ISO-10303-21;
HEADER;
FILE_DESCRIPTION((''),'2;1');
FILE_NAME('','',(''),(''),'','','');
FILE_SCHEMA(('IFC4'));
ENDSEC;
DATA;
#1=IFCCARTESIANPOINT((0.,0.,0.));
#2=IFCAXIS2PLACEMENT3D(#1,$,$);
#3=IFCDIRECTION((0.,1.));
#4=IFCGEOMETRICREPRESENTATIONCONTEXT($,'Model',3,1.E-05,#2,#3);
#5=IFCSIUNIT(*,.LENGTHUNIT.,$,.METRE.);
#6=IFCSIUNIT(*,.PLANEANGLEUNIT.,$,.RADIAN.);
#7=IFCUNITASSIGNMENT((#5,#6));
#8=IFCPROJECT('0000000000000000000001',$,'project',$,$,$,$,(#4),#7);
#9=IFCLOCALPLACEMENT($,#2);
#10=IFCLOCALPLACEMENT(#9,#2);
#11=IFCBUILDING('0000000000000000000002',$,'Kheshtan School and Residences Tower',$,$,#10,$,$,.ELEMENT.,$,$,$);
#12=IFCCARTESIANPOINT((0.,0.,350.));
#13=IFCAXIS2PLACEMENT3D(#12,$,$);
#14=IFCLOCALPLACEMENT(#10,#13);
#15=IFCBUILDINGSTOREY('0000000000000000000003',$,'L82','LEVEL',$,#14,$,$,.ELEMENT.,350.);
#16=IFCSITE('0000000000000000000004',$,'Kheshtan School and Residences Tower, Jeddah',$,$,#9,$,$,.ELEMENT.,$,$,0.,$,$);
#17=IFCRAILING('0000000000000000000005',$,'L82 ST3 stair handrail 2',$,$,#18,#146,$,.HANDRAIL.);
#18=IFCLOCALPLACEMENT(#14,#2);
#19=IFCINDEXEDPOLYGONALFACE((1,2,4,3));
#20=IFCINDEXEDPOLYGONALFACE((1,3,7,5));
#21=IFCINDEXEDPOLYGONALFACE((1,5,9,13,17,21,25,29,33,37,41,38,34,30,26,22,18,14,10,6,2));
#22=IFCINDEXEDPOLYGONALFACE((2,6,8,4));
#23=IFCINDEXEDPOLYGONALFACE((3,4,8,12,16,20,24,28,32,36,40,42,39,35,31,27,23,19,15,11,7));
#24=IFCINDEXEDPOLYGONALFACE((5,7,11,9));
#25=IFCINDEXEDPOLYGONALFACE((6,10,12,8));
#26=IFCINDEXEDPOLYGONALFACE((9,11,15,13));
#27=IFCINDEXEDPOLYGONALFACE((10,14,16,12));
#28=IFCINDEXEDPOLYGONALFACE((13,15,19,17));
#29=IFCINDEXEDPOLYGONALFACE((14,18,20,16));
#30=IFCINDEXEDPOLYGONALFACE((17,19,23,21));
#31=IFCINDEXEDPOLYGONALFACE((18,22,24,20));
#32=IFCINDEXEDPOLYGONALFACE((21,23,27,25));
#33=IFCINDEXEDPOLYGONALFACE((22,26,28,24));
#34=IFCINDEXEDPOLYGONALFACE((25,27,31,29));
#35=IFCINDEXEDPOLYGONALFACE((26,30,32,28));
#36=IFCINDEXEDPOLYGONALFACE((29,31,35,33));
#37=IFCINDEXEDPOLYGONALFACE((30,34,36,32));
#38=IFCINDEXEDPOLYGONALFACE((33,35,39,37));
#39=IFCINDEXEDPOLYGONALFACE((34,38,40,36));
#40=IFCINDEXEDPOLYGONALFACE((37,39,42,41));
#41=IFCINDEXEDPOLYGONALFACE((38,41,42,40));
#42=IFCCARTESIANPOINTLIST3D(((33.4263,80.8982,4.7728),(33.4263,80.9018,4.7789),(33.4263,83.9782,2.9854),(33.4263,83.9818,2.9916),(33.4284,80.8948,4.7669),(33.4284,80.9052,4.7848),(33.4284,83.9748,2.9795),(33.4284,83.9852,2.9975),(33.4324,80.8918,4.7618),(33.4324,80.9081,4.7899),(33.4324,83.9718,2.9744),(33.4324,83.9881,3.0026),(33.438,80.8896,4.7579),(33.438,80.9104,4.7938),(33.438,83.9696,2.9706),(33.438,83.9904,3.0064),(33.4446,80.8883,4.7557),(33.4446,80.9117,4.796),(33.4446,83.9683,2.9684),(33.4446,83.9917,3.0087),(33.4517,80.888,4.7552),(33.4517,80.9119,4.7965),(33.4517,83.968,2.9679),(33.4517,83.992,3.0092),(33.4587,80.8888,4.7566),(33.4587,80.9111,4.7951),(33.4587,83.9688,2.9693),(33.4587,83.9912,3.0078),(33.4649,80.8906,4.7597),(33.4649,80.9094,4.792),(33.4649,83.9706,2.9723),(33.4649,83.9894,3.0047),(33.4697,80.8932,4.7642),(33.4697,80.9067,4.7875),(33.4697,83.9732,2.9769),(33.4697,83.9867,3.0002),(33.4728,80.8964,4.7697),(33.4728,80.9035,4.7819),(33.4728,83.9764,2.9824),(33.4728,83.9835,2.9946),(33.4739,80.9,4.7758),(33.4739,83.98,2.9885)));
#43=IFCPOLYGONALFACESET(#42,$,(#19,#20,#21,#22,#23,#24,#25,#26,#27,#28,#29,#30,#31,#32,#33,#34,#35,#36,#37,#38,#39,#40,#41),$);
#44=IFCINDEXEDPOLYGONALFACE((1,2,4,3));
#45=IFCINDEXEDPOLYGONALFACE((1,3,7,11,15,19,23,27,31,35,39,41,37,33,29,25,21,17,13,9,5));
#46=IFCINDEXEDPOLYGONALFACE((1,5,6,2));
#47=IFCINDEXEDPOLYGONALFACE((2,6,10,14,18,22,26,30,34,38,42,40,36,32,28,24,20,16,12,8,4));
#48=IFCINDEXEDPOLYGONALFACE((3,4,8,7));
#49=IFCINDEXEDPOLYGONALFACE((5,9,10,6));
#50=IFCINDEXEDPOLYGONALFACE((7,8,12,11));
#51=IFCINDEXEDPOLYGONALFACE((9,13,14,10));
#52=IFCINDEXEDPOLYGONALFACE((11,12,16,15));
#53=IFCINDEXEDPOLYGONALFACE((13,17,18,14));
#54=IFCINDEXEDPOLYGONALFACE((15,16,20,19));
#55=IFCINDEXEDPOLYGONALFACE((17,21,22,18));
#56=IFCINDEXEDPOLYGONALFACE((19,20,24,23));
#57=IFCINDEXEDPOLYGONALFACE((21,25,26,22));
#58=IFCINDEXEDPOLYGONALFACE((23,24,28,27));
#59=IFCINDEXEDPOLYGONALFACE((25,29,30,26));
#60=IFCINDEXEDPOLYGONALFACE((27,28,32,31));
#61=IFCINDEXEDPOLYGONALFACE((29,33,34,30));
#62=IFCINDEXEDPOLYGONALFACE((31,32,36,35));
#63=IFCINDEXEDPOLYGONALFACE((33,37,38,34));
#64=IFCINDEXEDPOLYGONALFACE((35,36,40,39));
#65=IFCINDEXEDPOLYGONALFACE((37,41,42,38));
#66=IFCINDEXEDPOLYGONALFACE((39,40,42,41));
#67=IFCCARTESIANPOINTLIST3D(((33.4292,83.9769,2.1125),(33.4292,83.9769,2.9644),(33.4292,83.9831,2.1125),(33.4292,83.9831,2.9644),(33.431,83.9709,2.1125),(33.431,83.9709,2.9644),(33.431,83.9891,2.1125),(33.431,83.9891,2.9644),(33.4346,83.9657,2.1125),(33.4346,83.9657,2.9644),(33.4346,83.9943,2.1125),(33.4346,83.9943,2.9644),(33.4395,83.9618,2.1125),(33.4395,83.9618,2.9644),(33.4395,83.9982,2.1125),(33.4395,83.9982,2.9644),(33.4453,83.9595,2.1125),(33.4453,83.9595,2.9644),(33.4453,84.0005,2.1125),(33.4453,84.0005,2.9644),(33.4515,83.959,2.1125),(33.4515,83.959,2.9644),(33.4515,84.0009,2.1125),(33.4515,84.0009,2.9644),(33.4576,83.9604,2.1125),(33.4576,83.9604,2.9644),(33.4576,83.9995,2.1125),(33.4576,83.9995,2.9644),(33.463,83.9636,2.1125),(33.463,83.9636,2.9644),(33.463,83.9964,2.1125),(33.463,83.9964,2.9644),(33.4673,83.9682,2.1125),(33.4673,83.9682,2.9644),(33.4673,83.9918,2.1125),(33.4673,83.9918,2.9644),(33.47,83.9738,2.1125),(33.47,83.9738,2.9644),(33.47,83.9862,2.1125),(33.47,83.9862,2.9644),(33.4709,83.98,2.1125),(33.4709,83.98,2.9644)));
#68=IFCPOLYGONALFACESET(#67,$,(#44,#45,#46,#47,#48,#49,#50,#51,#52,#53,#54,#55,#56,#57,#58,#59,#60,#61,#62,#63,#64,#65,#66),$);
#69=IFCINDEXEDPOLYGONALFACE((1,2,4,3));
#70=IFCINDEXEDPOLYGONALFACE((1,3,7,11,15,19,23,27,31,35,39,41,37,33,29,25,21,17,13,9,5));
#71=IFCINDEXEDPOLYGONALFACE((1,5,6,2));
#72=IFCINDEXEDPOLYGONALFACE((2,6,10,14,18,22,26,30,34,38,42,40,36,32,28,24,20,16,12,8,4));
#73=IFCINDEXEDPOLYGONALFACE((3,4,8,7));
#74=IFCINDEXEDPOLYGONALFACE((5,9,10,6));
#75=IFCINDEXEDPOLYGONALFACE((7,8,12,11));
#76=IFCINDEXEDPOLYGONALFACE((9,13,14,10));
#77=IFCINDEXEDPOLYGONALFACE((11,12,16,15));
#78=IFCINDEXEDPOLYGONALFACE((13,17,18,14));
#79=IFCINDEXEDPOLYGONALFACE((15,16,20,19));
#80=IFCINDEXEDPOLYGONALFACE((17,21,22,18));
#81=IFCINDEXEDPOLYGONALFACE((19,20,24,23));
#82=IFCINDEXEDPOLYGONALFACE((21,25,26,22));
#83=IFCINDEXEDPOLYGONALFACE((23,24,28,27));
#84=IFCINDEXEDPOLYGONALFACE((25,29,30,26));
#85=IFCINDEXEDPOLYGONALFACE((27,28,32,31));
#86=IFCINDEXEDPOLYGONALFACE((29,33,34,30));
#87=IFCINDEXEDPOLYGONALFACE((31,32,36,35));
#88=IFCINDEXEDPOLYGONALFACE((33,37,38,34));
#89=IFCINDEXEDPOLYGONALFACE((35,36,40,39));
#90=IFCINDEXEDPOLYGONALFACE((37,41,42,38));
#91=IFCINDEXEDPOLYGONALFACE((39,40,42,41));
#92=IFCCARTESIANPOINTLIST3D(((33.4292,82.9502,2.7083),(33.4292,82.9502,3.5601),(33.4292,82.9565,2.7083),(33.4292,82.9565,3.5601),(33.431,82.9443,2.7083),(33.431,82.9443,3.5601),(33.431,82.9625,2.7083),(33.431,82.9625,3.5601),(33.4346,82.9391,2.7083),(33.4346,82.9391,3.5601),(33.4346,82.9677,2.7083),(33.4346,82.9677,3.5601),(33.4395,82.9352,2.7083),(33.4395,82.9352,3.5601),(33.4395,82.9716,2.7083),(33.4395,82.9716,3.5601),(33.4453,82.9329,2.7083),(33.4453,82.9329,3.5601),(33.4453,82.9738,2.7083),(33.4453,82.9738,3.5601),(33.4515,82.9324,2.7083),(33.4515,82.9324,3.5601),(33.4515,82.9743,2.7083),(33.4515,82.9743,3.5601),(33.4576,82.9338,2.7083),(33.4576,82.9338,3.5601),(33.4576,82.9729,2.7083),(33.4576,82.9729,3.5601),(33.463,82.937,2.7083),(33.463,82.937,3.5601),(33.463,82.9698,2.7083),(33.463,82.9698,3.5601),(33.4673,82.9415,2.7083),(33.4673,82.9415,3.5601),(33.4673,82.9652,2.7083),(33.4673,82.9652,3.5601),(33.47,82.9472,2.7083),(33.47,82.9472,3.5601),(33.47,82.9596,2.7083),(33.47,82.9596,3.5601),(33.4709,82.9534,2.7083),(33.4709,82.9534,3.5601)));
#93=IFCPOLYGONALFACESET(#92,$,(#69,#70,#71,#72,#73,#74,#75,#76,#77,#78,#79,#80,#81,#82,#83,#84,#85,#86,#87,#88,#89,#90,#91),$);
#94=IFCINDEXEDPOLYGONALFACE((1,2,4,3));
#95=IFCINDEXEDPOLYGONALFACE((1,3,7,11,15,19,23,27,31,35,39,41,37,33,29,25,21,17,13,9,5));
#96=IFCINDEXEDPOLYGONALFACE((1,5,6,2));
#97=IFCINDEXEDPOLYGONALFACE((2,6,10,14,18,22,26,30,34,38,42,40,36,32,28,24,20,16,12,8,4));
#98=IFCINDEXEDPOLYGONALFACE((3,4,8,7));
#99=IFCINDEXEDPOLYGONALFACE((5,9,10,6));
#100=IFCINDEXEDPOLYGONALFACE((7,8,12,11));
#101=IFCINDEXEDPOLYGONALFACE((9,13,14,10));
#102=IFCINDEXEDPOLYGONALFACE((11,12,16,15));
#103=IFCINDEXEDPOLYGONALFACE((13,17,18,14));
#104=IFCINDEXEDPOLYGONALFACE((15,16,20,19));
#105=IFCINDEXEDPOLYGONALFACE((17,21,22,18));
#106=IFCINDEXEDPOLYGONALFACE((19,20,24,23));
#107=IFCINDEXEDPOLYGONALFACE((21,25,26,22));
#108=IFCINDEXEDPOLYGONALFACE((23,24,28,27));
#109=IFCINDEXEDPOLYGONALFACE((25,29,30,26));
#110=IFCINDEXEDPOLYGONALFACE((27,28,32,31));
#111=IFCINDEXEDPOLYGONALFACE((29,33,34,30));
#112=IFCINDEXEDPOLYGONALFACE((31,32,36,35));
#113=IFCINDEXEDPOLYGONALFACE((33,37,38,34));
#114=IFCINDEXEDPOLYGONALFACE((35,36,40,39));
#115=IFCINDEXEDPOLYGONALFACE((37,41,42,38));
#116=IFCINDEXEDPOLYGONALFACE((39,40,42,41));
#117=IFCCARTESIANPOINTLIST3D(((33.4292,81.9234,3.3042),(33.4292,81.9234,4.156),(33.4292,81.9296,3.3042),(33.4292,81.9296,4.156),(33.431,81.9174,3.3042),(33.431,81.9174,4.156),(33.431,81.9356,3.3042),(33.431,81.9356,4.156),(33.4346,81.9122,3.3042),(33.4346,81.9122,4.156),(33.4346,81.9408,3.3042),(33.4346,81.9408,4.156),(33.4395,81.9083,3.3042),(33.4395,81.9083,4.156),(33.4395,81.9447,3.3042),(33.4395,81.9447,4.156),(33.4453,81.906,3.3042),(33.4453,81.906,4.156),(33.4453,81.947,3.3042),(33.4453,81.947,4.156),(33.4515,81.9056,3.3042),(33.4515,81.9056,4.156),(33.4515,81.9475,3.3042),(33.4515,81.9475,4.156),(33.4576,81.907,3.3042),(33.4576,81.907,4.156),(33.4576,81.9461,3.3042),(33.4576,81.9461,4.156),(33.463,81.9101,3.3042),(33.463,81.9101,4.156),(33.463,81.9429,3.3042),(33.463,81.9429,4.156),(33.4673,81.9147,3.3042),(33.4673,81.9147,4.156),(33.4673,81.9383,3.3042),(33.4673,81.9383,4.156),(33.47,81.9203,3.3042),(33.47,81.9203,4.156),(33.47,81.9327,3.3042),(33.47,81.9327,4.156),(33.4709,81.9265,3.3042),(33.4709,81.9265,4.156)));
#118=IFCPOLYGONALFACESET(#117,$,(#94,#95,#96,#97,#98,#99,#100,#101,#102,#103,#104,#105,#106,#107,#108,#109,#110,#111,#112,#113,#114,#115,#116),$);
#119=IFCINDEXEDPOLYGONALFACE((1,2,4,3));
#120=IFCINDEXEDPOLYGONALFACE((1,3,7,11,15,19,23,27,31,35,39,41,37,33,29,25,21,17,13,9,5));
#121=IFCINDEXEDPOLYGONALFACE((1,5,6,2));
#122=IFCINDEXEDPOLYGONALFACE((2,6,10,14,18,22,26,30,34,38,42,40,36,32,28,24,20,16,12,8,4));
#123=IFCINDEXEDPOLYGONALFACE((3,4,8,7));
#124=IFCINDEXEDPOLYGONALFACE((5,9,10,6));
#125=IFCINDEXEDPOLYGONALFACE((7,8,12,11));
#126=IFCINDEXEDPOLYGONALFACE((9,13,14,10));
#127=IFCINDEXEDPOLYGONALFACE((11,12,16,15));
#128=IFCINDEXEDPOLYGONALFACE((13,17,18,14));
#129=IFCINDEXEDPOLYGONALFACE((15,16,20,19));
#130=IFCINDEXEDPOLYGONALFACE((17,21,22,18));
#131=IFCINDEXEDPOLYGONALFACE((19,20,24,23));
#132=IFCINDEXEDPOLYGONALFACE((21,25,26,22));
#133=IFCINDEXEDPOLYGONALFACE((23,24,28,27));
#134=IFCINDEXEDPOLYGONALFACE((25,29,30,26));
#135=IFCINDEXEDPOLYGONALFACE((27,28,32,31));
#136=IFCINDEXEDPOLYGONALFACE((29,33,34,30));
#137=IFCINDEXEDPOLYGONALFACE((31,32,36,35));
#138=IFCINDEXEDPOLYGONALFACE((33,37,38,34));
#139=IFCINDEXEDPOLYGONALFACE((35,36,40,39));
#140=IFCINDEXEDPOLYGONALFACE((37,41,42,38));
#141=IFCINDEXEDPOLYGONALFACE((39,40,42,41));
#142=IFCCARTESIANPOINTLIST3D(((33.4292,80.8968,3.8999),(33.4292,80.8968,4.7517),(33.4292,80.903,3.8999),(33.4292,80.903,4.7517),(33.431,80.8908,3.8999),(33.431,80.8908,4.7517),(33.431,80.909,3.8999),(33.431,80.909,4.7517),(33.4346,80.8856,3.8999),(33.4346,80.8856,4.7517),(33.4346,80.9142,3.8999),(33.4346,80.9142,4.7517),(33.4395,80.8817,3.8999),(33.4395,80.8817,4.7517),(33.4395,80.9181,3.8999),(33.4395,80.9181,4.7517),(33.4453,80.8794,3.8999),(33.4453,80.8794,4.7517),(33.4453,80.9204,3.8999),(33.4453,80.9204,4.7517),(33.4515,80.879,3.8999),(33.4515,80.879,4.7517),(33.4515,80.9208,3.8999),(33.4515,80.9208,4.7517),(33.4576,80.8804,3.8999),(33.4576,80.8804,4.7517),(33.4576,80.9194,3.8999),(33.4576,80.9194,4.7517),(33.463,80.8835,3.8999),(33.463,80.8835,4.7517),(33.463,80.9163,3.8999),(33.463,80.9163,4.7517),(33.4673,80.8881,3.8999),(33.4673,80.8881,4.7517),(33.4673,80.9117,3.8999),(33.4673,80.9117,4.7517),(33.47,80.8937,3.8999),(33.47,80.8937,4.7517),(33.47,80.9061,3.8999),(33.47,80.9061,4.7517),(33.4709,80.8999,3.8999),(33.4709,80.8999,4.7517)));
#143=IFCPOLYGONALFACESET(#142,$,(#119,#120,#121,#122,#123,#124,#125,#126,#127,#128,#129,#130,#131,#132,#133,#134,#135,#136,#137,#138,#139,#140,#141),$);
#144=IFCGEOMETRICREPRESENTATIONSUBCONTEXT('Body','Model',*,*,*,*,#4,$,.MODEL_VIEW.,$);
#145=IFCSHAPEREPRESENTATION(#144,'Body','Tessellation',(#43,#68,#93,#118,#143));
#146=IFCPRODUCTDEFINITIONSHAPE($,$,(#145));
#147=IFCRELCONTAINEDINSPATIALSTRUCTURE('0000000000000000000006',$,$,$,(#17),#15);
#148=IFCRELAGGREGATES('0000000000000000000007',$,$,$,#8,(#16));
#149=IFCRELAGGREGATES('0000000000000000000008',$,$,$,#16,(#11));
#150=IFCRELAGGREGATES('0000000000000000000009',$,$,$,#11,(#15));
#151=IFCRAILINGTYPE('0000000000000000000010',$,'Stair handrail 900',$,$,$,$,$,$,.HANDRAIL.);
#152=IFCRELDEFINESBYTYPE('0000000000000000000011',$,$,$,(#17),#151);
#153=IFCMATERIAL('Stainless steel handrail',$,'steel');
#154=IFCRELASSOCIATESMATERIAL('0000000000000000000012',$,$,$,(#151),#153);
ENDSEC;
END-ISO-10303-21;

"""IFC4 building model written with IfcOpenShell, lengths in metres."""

from ifc_helpers import new_model, si_unit, direction, frame, origin, origin_2d, place, context, subcontext, project, spatial, circle, extrude, material, type_object, element, save


model = new_model("IFC4")

# Units and contexts
model_context = context("Model", 3, precision=1e-05, world=origin(), true_north=direction((0.0, 1.0)))
body_context = subcontext(model_context, "Body", "Model", "MODEL_VIEW")
ifc_project = project(units=[si_unit("LENGTHUNIT", "METRE"), si_unit("PLANEANGLEUNIT", "RADIAN")], contexts=[model_context])

# Site, building, storey
site_placement = place(None, origin())
site = spatial("IfcSite", under=ifc_project, at=site_placement, Name="Kheshtan School and Residences Tower, Jeddah", CompositionType="ELEMENT", RefElevation=0.0)
building_placement = place(site_placement, origin())
building = spatial("IfcBuilding", under=site, at=building_placement, Name="Kheshtan School and Residences Tower", CompositionType="ELEMENT")
storey_placement = place(building_placement, frame((0.0, 0.0, 350.0)))
storey = spatial("IfcBuildingStorey", under=building, at=storey_placement, Name="L82", Description="LEVEL", CompositionType="ELEMENT", Elevation=350.0)

# Railing
ifc_material_1 = material(Name="Stainless steel handrail", Category="steel")
railing_type_1 = type_object("IfcRailingType", Name="Stair handrail 900", PredefinedType="HANDRAIL", material=ifc_material_1)
railing_1_placement = place(storey_placement, frame((33.45, 83.98, 2.1125)))
element("IfcRailing", 1, at=railing_1_placement, inside=storey, type_object=railing_type_1, Name="L82 ST3 stair handrail 2", PredefinedType="HANDRAIL", context=body_context, shape_type="SweptSolid", body=[
    extrude(circle(Radius=0.0239, at=origin_2d()), frame((0.0, 0.0, 0.876), z_axis=(0.0, -0.86492, 0.501909), x_axis=(1.0, 0.0, 0.0)), (0.0, 0.0, 1.0), 3.561),
    extrude(circle(Radius=0.021, at=origin_2d()), origin(), (0.0, 0.0, 1.0), 0.8518),
    extrude(circle(Radius=0.021, at=origin_2d()), frame((0.0, -1.0266, 0.5957)), (0.0, 0.0, 1.0), 0.8518),
    extrude(circle(Radius=0.021, at=origin_2d()), frame((0.0, -2.0535, 1.1917)), (0.0, 0.0, 1.0), 0.8518),
    extrude(circle(Radius=0.021, at=origin_2d()), frame((0.0, -3.0801, 1.7874)), (0.0, 0.0, 1.0), 0.8518),
])

save(model, "model.ifc")
